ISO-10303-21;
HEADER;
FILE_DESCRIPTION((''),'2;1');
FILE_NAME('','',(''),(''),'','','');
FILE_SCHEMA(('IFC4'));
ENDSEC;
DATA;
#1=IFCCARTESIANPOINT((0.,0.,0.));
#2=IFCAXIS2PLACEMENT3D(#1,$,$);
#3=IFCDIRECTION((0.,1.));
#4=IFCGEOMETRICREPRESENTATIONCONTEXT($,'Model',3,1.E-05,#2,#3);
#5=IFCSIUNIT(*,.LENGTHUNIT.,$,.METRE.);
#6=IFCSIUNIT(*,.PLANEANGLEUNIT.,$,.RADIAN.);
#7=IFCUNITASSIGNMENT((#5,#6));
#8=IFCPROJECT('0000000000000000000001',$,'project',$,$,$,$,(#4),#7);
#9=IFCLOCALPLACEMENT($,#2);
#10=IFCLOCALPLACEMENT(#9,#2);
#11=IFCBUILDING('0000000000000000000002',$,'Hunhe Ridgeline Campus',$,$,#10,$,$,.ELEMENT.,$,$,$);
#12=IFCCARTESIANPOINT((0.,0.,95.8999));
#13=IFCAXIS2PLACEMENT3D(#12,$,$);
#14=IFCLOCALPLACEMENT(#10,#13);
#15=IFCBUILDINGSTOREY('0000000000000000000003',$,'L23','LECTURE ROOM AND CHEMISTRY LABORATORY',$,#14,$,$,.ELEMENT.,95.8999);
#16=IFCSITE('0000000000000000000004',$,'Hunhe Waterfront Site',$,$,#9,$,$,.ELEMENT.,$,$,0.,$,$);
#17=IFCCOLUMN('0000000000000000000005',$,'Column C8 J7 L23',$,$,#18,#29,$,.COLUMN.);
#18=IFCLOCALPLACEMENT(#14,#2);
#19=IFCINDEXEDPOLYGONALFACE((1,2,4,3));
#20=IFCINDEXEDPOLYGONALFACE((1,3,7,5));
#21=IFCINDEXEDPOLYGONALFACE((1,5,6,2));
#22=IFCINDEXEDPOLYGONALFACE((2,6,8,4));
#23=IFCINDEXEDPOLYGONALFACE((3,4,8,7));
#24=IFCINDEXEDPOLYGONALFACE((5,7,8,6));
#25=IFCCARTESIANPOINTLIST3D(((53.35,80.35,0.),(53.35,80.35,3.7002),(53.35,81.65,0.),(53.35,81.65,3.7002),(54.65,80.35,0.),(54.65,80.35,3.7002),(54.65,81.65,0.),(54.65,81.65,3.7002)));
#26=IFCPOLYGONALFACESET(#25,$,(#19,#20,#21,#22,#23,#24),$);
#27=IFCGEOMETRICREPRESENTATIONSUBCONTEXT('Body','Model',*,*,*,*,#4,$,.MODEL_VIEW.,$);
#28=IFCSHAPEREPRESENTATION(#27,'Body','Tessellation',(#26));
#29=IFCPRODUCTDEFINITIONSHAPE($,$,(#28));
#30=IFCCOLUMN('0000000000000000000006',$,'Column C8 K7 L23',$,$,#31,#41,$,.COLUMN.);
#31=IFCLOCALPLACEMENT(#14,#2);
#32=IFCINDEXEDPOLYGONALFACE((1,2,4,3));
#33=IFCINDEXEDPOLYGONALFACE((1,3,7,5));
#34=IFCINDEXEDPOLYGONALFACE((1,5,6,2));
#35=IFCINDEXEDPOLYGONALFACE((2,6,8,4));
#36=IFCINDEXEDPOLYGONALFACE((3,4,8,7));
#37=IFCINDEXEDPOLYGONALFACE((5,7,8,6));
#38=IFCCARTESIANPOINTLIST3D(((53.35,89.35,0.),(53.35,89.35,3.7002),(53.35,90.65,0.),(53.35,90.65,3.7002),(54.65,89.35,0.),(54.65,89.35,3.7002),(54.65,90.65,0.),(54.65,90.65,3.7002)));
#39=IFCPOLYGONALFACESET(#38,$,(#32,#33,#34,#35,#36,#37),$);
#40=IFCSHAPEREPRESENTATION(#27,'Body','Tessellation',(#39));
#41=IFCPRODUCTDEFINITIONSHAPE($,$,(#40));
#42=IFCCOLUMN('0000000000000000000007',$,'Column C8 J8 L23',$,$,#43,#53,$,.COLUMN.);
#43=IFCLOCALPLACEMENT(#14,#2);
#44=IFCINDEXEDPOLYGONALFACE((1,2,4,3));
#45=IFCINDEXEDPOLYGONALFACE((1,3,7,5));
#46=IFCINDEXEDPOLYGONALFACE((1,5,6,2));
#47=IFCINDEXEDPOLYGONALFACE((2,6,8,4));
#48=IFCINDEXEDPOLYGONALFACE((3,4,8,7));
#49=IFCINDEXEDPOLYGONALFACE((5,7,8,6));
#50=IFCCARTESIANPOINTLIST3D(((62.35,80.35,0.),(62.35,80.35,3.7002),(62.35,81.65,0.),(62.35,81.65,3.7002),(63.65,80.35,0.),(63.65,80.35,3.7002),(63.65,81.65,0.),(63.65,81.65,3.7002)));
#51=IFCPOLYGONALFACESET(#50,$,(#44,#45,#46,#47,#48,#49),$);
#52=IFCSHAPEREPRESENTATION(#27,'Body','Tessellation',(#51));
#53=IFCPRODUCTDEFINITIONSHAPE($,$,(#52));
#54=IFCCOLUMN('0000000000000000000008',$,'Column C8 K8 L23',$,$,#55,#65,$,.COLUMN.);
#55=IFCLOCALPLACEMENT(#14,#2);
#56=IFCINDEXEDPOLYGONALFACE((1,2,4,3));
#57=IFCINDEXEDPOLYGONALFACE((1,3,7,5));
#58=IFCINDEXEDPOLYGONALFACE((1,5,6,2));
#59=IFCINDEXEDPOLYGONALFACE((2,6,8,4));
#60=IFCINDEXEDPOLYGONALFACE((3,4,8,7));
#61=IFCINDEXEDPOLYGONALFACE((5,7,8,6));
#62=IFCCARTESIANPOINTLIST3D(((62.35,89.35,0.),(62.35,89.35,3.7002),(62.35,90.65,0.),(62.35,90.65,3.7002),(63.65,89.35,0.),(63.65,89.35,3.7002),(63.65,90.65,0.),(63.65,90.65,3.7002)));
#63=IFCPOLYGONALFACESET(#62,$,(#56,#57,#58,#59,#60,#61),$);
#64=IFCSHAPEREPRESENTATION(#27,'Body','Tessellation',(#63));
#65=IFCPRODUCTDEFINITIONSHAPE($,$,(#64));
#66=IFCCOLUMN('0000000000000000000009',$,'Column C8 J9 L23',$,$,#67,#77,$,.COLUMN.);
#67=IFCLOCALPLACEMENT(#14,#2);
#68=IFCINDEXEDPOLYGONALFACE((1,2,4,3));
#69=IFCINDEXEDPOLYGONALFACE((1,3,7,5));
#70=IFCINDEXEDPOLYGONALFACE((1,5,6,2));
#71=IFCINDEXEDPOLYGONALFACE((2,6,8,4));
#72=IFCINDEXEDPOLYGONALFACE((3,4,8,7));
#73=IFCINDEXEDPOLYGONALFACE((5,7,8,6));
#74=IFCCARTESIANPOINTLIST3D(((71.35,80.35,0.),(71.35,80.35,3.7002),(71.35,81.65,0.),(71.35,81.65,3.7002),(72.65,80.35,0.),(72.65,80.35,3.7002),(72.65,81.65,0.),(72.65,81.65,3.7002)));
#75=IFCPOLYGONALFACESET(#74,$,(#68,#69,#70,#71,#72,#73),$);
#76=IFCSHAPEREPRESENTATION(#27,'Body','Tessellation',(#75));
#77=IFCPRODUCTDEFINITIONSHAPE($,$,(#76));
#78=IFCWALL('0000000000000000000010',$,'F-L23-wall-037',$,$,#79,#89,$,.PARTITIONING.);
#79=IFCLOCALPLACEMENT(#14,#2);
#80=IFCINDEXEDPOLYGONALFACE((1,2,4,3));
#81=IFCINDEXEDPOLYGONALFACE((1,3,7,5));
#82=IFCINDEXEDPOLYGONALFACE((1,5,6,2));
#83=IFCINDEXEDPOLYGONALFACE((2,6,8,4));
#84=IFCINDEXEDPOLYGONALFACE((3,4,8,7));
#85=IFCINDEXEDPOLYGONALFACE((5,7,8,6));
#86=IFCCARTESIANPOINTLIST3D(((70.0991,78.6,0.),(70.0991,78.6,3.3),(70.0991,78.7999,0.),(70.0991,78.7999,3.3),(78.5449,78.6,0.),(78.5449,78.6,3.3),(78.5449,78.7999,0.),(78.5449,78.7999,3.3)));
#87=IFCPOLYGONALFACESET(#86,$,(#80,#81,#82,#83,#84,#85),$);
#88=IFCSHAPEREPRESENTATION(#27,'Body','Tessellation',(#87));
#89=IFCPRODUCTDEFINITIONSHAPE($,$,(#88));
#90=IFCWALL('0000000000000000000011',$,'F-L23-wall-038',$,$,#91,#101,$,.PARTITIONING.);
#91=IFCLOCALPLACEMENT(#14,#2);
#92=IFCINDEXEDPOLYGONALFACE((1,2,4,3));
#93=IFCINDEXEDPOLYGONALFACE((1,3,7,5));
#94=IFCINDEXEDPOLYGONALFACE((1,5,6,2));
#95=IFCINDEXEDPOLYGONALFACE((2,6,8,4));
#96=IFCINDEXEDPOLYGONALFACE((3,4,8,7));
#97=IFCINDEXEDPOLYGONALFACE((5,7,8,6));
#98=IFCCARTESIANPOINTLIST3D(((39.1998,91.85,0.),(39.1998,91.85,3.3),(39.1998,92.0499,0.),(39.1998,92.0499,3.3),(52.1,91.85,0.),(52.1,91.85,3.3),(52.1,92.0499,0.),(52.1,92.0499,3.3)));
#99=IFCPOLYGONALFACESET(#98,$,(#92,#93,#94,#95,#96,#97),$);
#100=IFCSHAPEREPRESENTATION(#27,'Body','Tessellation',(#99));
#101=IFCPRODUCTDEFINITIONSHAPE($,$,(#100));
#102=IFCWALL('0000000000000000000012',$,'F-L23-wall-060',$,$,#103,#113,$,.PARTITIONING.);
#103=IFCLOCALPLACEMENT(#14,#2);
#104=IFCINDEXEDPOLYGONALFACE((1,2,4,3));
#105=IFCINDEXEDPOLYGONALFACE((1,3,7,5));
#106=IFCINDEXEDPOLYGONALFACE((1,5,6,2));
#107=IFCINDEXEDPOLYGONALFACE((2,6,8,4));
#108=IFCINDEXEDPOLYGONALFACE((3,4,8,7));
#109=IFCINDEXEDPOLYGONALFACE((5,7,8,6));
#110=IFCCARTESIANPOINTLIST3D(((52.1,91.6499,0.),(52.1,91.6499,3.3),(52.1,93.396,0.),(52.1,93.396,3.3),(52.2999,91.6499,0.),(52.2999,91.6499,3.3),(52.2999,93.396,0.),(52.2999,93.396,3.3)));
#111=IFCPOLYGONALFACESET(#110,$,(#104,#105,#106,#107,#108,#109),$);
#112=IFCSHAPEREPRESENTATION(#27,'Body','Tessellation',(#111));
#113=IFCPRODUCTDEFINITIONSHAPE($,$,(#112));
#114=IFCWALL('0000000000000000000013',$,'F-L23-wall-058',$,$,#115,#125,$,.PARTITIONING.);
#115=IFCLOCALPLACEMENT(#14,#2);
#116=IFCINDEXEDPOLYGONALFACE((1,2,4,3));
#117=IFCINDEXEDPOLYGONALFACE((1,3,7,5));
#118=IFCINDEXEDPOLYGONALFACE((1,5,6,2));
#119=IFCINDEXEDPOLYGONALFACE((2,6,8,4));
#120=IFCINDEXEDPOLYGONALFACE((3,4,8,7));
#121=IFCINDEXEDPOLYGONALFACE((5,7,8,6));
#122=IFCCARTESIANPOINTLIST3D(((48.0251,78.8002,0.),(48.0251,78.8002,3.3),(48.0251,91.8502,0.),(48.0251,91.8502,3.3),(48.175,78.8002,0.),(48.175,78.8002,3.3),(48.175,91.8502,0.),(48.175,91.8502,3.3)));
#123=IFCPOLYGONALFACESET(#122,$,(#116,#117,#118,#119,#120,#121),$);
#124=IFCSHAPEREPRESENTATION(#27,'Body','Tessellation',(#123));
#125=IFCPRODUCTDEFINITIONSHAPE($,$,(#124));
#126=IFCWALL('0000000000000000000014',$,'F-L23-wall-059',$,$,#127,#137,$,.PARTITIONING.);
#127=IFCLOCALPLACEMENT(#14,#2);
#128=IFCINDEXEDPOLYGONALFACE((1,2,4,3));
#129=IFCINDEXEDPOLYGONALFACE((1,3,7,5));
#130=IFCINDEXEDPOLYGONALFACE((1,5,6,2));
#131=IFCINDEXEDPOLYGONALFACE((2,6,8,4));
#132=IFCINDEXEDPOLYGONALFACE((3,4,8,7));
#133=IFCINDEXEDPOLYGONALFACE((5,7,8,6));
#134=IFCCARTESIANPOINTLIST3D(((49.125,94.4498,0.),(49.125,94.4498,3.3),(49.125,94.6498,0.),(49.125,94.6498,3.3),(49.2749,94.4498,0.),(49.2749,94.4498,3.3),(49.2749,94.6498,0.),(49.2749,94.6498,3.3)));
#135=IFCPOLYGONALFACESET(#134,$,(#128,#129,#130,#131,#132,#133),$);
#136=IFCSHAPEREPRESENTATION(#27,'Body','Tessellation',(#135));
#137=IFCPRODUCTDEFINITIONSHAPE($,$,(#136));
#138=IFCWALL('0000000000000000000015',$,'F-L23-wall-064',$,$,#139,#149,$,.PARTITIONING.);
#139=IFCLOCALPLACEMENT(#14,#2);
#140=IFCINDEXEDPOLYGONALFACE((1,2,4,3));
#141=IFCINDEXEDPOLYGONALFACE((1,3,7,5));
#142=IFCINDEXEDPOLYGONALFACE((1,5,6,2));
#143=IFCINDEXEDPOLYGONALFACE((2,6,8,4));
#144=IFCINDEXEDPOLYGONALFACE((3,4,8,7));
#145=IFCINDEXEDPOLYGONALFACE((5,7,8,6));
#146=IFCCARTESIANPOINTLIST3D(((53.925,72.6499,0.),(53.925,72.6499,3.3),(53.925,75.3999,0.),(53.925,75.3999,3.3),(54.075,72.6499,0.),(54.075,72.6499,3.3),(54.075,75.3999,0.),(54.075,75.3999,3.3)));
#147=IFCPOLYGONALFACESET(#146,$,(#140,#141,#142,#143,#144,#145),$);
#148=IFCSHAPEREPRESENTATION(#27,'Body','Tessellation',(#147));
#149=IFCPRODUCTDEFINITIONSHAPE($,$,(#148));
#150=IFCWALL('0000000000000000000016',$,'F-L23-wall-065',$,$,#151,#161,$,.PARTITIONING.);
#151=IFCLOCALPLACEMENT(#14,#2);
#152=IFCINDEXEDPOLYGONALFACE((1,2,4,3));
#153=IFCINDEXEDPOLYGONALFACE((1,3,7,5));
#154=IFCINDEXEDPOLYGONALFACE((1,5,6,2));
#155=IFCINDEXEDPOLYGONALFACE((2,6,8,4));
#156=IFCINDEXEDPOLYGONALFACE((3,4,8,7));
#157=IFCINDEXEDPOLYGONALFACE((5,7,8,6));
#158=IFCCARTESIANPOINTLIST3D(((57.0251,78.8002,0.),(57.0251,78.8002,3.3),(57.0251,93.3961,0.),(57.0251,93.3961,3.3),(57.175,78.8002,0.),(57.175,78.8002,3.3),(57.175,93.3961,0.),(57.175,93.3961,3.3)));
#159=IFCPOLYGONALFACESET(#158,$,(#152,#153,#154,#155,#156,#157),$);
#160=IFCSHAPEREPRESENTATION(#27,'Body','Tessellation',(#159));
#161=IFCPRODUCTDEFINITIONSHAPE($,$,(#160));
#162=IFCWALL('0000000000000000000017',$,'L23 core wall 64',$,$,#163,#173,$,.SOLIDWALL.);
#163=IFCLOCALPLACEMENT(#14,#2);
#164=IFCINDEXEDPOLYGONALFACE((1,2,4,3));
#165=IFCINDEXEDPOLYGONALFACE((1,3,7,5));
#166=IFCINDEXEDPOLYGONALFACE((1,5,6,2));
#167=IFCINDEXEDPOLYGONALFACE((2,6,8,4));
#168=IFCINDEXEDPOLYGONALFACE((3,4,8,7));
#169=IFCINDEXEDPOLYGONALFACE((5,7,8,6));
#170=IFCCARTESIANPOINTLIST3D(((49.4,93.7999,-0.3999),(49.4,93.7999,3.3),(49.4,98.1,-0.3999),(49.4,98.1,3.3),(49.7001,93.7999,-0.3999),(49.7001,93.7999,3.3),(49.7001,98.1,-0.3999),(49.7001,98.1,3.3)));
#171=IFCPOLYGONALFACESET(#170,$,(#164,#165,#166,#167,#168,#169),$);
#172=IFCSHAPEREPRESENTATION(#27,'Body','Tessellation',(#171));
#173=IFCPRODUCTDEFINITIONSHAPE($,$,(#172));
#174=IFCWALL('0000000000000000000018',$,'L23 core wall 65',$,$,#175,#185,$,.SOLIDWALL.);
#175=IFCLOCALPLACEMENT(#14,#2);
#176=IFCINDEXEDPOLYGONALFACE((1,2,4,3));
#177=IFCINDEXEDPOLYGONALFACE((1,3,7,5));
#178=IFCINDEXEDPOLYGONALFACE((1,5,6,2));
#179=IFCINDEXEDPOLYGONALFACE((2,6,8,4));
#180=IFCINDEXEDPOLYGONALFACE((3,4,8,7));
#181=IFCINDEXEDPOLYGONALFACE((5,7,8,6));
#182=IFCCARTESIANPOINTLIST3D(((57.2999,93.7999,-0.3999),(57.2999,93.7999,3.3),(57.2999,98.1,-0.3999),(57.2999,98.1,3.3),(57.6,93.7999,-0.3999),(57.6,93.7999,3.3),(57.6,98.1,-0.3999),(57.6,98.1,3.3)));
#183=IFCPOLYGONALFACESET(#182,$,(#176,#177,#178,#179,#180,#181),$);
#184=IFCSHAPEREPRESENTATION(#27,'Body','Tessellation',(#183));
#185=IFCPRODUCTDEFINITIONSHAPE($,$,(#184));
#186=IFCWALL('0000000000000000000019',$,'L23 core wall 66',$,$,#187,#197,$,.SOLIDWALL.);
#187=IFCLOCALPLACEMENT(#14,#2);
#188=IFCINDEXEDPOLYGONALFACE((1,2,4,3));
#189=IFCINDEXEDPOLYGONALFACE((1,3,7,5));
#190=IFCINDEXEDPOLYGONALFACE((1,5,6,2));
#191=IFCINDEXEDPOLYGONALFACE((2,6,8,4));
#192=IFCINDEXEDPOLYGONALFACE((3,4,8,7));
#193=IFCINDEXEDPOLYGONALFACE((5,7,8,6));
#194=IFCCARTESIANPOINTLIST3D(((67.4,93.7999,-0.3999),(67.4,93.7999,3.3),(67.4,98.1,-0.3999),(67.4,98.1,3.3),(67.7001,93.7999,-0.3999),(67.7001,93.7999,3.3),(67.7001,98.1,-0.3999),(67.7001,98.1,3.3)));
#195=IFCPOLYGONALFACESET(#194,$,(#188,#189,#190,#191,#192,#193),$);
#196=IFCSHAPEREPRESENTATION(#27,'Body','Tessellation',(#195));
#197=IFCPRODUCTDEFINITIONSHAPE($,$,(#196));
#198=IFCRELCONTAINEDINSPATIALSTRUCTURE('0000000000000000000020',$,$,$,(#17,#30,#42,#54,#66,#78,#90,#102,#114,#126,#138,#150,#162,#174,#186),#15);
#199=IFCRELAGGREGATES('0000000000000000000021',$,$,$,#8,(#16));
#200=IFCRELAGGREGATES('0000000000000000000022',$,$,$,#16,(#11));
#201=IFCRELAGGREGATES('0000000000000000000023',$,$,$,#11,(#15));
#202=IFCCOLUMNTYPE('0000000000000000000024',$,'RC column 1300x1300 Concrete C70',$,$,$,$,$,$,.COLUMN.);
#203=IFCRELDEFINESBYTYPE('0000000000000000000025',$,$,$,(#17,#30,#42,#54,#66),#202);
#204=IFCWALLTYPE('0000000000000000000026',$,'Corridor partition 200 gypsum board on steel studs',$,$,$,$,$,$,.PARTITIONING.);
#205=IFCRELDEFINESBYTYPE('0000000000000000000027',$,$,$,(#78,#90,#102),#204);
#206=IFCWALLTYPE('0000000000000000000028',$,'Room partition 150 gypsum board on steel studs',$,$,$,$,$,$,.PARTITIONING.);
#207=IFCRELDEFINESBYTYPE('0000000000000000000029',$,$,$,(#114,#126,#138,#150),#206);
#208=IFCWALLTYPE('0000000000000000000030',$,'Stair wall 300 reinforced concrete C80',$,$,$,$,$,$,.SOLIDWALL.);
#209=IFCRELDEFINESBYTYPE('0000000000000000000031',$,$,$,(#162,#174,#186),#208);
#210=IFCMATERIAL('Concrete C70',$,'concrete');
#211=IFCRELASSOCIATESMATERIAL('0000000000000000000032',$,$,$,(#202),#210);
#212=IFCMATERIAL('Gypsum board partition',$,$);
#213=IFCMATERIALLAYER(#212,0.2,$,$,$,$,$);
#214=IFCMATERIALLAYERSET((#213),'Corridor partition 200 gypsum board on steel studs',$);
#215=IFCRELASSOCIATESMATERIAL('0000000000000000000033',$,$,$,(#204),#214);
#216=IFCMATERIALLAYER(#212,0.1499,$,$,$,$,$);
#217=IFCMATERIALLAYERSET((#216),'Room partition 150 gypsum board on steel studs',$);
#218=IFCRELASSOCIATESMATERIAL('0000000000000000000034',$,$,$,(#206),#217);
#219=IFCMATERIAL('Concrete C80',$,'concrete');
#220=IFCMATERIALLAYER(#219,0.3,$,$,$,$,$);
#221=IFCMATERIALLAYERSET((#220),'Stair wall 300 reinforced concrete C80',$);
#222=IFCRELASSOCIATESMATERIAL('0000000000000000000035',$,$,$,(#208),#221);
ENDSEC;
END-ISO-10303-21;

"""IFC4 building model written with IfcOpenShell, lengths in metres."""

from ifc_helpers import new_model, si_unit, direction, frame, frame_2d, origin, origin_2d, place, context, subcontext, project, spatial, rectangle, extrude, material, layer, layer_set, material_profile, profile_set, type_object, element, save


model = new_model("IFC4")

# Units and contexts
model_context = context("Model", 3, precision=1e-05, world=origin(), true_north=direction((0.0, 1.0)))
body_context = subcontext(model_context, "Body", "Model", "MODEL_VIEW")
ifc_project = project(units=[si_unit("LENGTHUNIT", "METRE"), si_unit("PLANEANGLEUNIT", "RADIAN")], contexts=[model_context])

# Site, building, storey
site_placement = place(None, origin())
site = spatial("IfcSite", under=ifc_project, at=site_placement, Name="Hunhe Waterfront Site", CompositionType="ELEMENT", RefElevation=0.0)
building_placement = place(site_placement, origin())
building = spatial("IfcBuilding", under=site, at=building_placement, Name="Hunhe Ridgeline Campus", CompositionType="ELEMENT")
storey_placement = place(building_placement, frame((0.0, 0.0, 95.8999)))
storey = spatial("IfcBuildingStorey", under=building, at=storey_placement, Name="L23", Description="LECTURE ROOM AND CHEMISTRY LABORATORY", CompositionType="ELEMENT", Elevation=95.8999)

# Columns
ifc_material_1 = material(Name="Concrete C70", Category="concrete")
ifc_material_profile = material_profile(ifc_material_1, rectangle(XDim=1.3, YDim=1.3, at=origin_2d()))
ifc_profile_set = profile_set([ifc_material_profile], Name="Concrete C70")
column_type = type_object("IfcColumnType", Name="RC column 1300x1300 Concrete C70", PredefinedType="COLUMN", material=ifc_profile_set)
for number, where, z_axis, x_axis, name in (
    (1, (54.0, 81.0, 0.0), (0.0, 0.0, 1.0), (1.0, 0.0, 0.0), "Column C8 J7 L23"),
    (2, (54.0, 90.0, 0.0), (0.0, 0.0, 1.0), (1.0, 0.0, 0.0), "Column C8 K7 L23"),
    (3, (63.0, 81.0, 0.0), (0.0, 0.0, 1.0), (1.0, 0.0, 0.0), "Column C8 J8 L23"),
    (4, (63.0, 90.0, 0.0), (0.0, 0.0, 1.0), (1.0, 0.0, 0.0), "Column C8 K8 L23"),
    (5, (72.0, 81.0, 0.0), (0.0, 0.0, 1.0), (1.0, 0.0, 0.0), "Column C8 J9 L23"),
):
    element("IfcColumn", number, at=place(storey_placement, frame(where, z_axis=z_axis, x_axis=x_axis)), inside=storey, type_object=column_type, Name=name, PredefinedType="COLUMN", context=body_context, shape_type="SweptSolid", body=[
        extrude(rectangle(XDim=1.3, YDim=1.3, at=origin_2d()), origin(), (0.0, 0.0, 1.0), 3.7002),
    ])

# Walls
ifc_material_2 = material(Name="Gypsum board partition")
ifc_layer_1 = layer(ifc_material_2, 0.2)
ifc_layer_set_1 = layer_set([ifc_layer_1], Name="Corridor partition 200 gypsum board on steel studs")
wall_type_1 = type_object("IfcWallType", Name="Corridor partition 200 gypsum board on steel studs", PredefinedType="PARTITIONING", material=ifc_layer_set_1)
wall_1_placement = place(storey_placement, frame((70.0991, 78.7, 0.0), z_axis=(0.0, 0.0, 1.0), x_axis=(1.0, 0.0, 0.0)))
element("IfcWall", 6, at=wall_1_placement, inside=storey, type_object=wall_type_1, Name="F-L23-wall-037", PredefinedType="PARTITIONING", context=body_context, shape_type="SweptSolid", body=[
    extrude(rectangle(XDim=8.4458, YDim=0.2, at=frame_2d((4.2229, 0.0))), origin(), (0.0, 0.0, 1.0), 3.3),
])
wall_2_placement = place(storey_placement, frame((52.1001, 91.95, 0.0), z_axis=(0.0, 0.0, 1.0), x_axis=(-1.0, 0.0, 0.0)))
element("IfcWall", 7, at=wall_2_placement, inside=storey, type_object=wall_type_1, Name="F-L23-wall-038", PredefinedType="PARTITIONING", context=body_context, shape_type="SweptSolid", body=[
    extrude(rectangle(XDim=12.9001, YDim=0.2, at=frame_2d((6.4502, 0.0))), origin(), (0.0, 0.0, 1.0), 3.3),
])
wall_3_placement = place(storey_placement, frame((52.2, 93.396, 0.0), z_axis=(0.0, 0.0, 1.0), x_axis=(0.0, -1.0, 0.0)))
element("IfcWall", 8, at=wall_3_placement, inside=storey, type_object=wall_type_1, Name="F-L23-wall-060", PredefinedType="PARTITIONING", context=body_context, shape_type="SweptSolid", body=[
    extrude(rectangle(XDim=1.7461, YDim=0.2, at=frame_2d((0.873, 0.0))), origin(), (0.0, 0.0, 1.0), 3.3),
])

# Walls
ifc_layer_2 = layer(ifc_material_2, 0.1499)
ifc_layer_set_2 = layer_set([ifc_layer_2], Name="Room partition 150 gypsum board on steel studs")
wall_type_2 = type_object("IfcWallType", Name="Room partition 150 gypsum board on steel studs", PredefinedType="PARTITIONING", material=ifc_layer_set_2)
wall_4_placement = place(storey_placement, frame((48.1001, 91.8501, 0.0), z_axis=(0.0, 0.0, 1.0), x_axis=(0.0, -1.0, 0.0)))
element("IfcWall", 9, at=wall_4_placement, inside=storey, type_object=wall_type_2, Name="F-L23-wall-058", PredefinedType="PARTITIONING", context=body_context, shape_type="SweptSolid", body=[
    extrude(rectangle(XDim=13.05, YDim=0.1499, at=frame_2d((6.5249, 0.0))), origin(), (0.0, 0.0, 1.0), 3.3),
])
wall_5_placement = place(storey_placement, frame((49.2, 94.6499, 0.0), z_axis=(0.0, 0.0, 1.0), x_axis=(0.0, -1.0, 0.0)))
element("IfcWall", 10, at=wall_5_placement, inside=storey, type_object=wall_type_2, Name="F-L23-wall-059", PredefinedType="PARTITIONING", context=body_context, shape_type="SweptSolid", body=[
    extrude(rectangle(XDim=0.2, YDim=0.1499, at=frame_2d((0.1001, 0.0))), origin(), (0.0, 0.0, 1.0), 3.3),
])
wall_6_placement = place(storey_placement, frame((54.0, 75.3999, 0.0), z_axis=(0.0, 0.0, 1.0), x_axis=(0.0, -1.0, 0.0)))
element("IfcWall", 11, at=wall_6_placement, inside=storey, type_object=wall_type_2, Name="F-L23-wall-064", PredefinedType="PARTITIONING", context=body_context, shape_type="SweptSolid", body=[
    extrude(rectangle(XDim=2.75, YDim=0.1499, at=frame_2d((1.375, 0.0))), origin(), (0.0, 0.0, 1.0), 3.3),
])
wall_7_placement = place(storey_placement, frame((57.1001, 93.396, 0.0), z_axis=(0.0, 0.0, 1.0), x_axis=(0.0, -1.0, 0.0)))
element("IfcWall", 12, at=wall_7_placement, inside=storey, type_object=wall_type_2, Name="F-L23-wall-065", PredefinedType="PARTITIONING", context=body_context, shape_type="SweptSolid", body=[
    extrude(rectangle(XDim=14.5959, YDim=0.1499, at=frame_2d((7.2979, 0.0))), origin(), (0.0, 0.0, 1.0), 3.3),
])

# Shared definitions
ifc_material_3 = material(Name="Concrete C80", Category="concrete")
ifc_layer_3 = layer(ifc_material_3, 0.3)
ifc_layer_set_3 = layer_set([ifc_layer_3], Name="Stair wall 300 reinforced concrete C80")
wall_type_3 = type_object("IfcWallType", Name="Stair wall 300 reinforced concrete C80", PredefinedType="SOLIDWALL", material=ifc_layer_set_3)

# Walls
for number, where, z_axis, x_axis, name in (
    (13, (49.55, 93.8, -0.3999), (0.0, 0.0, 1.0), (0.0, 1.0, 0.0), "L23 core wall 64"),
    (14, (57.45, 93.8, -0.3999), (0.0, 0.0, 1.0), (0.0, 1.0, 0.0), "L23 core wall 65"),
    (15, (67.55, 93.8, -0.3999), (0.0, 0.0, 1.0), (0.0, 1.0, 0.0), "L23 core wall 66"),
):
    element("IfcWall", number, at=place(storey_placement, frame(where, z_axis=z_axis, x_axis=x_axis)), inside=storey, type_object=wall_type_3, Name=name, PredefinedType="SOLIDWALL", context=body_context, shape_type="SweptSolid", body=[
        extrude(rectangle(XDim=4.3, YDim=0.3, at=frame_2d((2.1499, 0.0))), origin(), (0.0, 0.0, 1.0), 3.7),
    ])

save(model, "model.ifc")
